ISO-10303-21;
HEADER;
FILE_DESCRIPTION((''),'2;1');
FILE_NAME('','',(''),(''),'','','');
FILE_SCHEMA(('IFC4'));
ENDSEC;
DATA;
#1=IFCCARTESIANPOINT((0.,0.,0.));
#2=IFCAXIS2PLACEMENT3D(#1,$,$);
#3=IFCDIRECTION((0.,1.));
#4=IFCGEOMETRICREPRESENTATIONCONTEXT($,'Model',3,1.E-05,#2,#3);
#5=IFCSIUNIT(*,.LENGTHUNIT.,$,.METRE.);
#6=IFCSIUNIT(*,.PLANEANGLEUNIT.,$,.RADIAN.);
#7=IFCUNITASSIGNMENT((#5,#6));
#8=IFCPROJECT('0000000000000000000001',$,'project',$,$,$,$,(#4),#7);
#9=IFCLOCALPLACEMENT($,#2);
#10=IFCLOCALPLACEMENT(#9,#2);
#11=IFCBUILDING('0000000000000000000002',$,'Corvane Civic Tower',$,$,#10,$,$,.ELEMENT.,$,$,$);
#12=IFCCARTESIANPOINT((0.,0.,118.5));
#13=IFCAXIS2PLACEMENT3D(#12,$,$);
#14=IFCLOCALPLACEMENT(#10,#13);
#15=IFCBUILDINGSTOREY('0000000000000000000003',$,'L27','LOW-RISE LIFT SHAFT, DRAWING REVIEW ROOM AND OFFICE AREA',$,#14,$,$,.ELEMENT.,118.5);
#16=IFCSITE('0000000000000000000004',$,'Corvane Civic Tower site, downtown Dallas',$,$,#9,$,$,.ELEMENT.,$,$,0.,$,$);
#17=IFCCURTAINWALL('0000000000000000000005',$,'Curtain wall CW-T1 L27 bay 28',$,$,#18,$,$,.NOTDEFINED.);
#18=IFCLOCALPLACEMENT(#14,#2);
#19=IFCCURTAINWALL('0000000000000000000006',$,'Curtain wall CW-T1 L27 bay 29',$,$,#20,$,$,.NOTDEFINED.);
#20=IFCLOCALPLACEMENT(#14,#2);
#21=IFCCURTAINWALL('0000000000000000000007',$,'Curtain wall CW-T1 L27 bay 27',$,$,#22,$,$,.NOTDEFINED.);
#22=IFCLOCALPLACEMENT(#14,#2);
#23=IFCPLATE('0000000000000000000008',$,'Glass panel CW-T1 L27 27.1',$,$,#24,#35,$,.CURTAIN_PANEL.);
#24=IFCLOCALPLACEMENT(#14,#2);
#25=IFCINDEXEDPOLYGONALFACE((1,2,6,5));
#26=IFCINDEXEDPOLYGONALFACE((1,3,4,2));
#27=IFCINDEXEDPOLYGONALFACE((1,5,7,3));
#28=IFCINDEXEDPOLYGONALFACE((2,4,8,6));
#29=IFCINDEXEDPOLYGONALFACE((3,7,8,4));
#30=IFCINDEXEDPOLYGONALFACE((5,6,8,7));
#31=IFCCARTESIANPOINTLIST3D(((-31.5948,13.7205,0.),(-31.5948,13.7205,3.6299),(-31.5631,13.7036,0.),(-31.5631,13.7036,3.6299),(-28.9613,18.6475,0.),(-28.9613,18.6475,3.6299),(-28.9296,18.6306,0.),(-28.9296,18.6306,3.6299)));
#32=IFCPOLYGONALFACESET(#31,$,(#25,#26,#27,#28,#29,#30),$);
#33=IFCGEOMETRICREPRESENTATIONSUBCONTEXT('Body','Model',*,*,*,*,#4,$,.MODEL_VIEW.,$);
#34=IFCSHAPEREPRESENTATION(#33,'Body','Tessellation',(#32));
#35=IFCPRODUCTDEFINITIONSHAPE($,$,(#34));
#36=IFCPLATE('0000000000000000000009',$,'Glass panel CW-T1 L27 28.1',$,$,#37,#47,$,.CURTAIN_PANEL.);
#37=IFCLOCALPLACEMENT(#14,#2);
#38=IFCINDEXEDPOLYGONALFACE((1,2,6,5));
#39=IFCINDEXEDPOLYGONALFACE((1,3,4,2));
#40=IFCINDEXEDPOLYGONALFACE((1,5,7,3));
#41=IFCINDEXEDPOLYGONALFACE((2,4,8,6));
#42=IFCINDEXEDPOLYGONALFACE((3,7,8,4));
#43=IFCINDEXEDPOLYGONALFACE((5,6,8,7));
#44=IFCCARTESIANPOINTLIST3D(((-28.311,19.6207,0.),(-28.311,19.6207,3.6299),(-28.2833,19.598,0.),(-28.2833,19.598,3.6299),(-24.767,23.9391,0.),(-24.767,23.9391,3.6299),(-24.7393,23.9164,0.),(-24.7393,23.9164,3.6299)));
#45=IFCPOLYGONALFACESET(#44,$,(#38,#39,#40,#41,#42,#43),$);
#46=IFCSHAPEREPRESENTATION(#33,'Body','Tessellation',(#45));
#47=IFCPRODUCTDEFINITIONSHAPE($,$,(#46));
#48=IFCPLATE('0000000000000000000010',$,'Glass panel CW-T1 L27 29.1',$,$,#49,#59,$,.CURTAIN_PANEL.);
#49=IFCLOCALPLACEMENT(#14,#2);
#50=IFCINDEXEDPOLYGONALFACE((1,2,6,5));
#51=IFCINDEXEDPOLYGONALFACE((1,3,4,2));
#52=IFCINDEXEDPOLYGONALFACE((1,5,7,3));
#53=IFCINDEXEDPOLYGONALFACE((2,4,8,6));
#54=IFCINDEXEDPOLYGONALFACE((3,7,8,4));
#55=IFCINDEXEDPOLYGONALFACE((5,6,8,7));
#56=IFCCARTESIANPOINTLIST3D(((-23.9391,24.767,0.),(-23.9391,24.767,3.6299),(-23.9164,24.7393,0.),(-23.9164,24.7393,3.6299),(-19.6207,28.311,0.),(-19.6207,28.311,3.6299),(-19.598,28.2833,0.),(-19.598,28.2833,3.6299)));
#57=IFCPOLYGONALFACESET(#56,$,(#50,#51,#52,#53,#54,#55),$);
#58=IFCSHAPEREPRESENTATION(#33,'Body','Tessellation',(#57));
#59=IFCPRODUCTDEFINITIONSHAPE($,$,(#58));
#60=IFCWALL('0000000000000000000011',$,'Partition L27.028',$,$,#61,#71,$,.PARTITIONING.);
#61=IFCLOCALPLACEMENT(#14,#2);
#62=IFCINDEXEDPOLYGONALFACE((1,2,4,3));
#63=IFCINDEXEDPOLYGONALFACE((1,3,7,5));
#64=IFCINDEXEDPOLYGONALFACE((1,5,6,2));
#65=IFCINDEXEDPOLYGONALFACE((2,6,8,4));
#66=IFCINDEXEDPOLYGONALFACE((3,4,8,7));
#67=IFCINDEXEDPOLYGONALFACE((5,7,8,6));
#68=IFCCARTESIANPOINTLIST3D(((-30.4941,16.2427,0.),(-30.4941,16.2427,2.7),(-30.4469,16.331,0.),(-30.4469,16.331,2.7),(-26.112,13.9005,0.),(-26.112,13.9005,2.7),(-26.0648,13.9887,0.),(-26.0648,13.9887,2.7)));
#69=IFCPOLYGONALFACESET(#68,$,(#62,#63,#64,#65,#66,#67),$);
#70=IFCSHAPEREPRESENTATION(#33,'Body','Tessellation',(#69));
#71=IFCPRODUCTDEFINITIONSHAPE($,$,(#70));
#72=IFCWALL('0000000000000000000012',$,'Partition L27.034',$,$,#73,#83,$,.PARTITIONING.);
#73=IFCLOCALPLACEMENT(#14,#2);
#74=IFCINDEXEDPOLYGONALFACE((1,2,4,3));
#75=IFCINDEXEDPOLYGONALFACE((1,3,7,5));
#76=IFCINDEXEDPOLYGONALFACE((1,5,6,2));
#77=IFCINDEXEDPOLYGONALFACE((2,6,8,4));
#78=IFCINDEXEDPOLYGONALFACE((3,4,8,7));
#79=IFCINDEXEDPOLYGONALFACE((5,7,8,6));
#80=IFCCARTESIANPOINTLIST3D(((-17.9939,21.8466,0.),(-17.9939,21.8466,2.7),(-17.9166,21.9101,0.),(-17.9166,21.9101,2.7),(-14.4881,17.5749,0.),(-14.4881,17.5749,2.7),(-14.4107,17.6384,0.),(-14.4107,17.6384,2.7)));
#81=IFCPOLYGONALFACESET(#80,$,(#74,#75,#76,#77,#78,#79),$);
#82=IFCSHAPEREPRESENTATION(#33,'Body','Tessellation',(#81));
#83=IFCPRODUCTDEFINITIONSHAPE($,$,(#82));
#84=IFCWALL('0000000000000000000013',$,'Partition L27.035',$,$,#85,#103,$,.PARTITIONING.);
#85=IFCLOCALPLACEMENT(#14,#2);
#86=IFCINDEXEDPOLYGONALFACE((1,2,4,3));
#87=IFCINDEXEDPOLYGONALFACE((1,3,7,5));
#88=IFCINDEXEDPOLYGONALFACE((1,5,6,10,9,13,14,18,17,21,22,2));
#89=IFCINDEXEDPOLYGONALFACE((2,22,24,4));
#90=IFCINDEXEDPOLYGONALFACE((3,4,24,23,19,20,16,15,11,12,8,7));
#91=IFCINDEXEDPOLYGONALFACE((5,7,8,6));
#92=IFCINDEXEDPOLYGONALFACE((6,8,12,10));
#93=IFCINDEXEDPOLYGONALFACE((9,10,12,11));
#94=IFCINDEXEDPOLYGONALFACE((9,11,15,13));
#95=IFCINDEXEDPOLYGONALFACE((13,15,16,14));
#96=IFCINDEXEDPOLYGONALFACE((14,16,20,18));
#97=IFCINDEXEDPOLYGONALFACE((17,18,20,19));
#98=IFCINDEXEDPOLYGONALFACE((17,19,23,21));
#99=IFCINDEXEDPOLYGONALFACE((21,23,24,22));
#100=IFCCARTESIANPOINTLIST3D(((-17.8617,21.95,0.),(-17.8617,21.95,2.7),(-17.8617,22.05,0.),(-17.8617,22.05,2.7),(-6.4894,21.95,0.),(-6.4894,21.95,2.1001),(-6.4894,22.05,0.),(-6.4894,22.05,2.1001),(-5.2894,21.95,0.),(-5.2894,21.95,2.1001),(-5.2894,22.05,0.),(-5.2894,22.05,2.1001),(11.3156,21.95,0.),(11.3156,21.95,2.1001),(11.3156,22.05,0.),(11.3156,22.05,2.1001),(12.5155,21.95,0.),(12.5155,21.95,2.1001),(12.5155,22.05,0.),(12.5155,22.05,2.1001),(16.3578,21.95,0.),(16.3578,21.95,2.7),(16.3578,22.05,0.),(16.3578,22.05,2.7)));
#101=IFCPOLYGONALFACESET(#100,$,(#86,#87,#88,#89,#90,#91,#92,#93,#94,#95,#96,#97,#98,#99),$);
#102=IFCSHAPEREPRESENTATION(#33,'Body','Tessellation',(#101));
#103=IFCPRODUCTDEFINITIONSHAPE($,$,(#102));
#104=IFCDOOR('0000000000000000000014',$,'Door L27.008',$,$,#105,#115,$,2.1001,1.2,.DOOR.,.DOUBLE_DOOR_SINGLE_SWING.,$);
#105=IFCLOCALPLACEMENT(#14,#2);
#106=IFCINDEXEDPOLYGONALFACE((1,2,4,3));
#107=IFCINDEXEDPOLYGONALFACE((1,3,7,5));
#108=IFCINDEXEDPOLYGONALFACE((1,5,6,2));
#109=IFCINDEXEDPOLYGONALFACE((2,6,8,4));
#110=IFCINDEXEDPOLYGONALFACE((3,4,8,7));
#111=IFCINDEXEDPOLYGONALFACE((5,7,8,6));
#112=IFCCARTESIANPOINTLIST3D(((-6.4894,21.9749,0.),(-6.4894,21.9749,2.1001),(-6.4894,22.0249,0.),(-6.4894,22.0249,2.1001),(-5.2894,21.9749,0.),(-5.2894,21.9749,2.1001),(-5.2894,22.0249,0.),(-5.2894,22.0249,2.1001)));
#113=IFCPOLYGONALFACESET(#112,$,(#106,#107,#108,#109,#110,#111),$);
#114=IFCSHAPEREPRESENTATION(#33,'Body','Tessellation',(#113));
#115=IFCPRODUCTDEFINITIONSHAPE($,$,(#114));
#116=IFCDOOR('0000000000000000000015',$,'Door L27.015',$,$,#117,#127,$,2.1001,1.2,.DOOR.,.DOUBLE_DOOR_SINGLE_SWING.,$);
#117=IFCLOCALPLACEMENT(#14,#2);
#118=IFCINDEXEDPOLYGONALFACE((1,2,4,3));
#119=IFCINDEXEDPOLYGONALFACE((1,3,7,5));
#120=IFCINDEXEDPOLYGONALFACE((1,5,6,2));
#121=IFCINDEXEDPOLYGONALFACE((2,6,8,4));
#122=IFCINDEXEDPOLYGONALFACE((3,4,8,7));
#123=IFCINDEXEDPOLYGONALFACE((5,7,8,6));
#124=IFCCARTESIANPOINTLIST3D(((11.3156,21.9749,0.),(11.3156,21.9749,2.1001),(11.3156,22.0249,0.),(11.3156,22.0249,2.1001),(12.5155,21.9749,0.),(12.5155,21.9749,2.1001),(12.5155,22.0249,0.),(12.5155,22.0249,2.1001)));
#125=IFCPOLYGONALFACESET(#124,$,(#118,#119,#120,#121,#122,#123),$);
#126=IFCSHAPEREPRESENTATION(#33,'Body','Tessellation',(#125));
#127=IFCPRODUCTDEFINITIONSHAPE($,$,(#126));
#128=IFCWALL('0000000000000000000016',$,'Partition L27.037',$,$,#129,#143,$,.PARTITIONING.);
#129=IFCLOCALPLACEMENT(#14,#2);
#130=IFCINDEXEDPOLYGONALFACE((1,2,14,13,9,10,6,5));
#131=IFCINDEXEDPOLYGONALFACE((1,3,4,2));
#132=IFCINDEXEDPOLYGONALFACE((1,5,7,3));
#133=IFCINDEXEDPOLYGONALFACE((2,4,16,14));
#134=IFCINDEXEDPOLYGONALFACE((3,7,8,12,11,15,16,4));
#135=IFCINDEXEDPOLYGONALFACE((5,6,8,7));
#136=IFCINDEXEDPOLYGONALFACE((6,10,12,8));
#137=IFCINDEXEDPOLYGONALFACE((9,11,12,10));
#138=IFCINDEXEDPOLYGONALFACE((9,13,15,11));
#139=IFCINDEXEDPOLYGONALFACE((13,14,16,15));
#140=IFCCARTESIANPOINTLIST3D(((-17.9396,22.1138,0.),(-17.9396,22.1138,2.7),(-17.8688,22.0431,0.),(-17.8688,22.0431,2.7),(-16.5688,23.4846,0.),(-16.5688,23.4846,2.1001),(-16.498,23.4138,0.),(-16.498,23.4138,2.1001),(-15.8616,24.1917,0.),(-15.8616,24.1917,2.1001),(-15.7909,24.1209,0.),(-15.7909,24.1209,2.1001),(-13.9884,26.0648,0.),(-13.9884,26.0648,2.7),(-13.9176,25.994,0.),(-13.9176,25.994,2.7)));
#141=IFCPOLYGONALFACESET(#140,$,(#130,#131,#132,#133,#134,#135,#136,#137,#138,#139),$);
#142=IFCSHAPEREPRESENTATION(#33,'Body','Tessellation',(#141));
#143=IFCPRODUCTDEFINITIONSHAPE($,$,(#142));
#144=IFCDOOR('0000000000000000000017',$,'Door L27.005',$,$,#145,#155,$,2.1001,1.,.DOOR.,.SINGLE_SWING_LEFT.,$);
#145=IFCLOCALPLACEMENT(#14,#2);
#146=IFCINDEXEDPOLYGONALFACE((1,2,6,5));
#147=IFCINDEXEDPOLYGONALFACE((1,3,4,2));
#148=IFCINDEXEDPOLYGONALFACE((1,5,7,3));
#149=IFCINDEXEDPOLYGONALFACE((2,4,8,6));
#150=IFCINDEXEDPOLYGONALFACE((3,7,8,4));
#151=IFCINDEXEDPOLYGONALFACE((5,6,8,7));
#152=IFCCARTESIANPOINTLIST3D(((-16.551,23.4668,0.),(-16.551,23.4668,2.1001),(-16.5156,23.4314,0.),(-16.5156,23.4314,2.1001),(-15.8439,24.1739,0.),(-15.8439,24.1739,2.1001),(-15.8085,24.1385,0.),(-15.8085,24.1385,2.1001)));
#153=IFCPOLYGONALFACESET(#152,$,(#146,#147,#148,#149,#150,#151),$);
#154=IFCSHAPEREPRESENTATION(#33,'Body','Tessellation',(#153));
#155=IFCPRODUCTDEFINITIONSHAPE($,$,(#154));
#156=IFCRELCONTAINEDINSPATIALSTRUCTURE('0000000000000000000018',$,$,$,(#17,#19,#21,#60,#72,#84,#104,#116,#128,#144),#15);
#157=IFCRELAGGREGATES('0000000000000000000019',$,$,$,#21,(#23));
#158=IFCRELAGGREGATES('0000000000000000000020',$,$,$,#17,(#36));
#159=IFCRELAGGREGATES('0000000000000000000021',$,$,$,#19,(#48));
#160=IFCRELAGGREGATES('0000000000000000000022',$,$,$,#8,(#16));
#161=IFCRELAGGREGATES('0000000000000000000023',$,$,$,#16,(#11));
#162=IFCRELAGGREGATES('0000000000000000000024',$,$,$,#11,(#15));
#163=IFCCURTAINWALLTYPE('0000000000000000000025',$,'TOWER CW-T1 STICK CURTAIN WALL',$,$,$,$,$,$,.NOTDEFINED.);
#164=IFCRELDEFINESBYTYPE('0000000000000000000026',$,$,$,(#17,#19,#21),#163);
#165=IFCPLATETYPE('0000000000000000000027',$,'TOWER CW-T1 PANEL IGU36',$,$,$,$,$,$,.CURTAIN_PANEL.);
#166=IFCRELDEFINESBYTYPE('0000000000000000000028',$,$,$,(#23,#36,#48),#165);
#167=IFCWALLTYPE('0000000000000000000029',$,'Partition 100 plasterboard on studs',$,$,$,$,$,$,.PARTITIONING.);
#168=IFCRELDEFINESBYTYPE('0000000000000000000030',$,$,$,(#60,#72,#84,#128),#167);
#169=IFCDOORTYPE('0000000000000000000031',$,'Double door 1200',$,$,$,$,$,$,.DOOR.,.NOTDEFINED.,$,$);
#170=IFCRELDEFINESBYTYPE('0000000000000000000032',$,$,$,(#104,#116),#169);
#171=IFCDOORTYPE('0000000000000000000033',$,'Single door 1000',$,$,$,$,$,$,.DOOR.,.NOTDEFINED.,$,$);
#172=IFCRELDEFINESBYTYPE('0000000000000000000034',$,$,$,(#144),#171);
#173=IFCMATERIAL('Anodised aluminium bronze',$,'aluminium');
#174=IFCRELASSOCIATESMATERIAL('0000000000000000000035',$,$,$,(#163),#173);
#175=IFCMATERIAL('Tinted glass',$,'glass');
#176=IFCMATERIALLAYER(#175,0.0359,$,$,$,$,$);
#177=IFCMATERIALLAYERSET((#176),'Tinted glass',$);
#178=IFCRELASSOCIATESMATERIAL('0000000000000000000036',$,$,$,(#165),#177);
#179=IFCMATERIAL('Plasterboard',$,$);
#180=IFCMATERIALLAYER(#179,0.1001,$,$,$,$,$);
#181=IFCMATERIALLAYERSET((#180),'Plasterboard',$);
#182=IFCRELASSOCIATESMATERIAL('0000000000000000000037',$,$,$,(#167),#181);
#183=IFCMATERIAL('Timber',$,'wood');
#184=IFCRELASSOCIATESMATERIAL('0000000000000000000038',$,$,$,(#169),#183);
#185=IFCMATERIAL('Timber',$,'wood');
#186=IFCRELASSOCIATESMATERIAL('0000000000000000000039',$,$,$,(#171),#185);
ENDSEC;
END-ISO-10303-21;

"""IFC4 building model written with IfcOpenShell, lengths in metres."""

from ifc_helpers import new_model, si_unit, direction, frame, frame_2d, origin, origin_2d, place, context, subcontext, project, spatial, rectangle, extrude, material, layer, layer_set, type_object, element, fill, aggregate, save


model = new_model("IFC4")

# Units and contexts
model_context = context("Model", 3, precision=1e-05, world=origin(), true_north=direction((0.0, 1.0)))
body_context = subcontext(model_context, "Body", "Model", "MODEL_VIEW")
ifc_project = project(units=[si_unit("LENGTHUNIT", "METRE"), si_unit("PLANEANGLEUNIT", "RADIAN")], contexts=[model_context])

# Site, building, storey
site_placement = place(None, origin())
site = spatial("IfcSite", under=ifc_project, at=site_placement, Name="Corvane Civic Tower site, downtown Dallas", CompositionType="ELEMENT", RefElevation=0.0)
building_placement = place(site_placement, origin())
building = spatial("IfcBuilding", under=site, at=building_placement, Name="Corvane Civic Tower", CompositionType="ELEMENT")
storey_placement = place(building_placement, frame((0.0, 0.0, 118.5)))
storey = spatial("IfcBuildingStorey", under=building, at=storey_placement, Name="L27", Description="LOW-RISE LIFT SHAFT, DRAWING REVIEW ROOM AND OFFICE AREA", CompositionType="ELEMENT", Elevation=118.5)

# Curtain walls
ifc_material_1 = material(Name="Anodised aluminium bronze", Category="aluminium")
curtain_wall_type = type_object("IfcCurtainWallType", Name="TOWER CW-T1 STICK CURTAIN WALL", PredefinedType="NOTDEFINED", material=ifc_material_1)
curtain_wall_1_placement = place(storey_placement, origin())
curtain_wall_1 = element("IfcCurtainWall", 1, at=curtain_wall_1_placement, inside=storey, type_object=curtain_wall_type, Name="Curtain wall CW-T1 L27 bay 28", PredefinedType="NOTDEFINED")
curtain_wall_2_placement = place(storey_placement, origin())
curtain_wall_2 = element("IfcCurtainWall", 2, at=curtain_wall_2_placement, inside=storey, type_object=curtain_wall_type, Name="Curtain wall CW-T1 L27 bay 29", PredefinedType="NOTDEFINED")

# Curtain wall, plate
curtain_wall_3_placement = place(storey_placement, origin())
curtain_wall_3 = element("IfcCurtainWall", 3, at=curtain_wall_3_placement, inside=storey, type_object=curtain_wall_type, Name="Curtain wall CW-T1 L27 bay 27", PredefinedType="NOTDEFINED")
ifc_material_2 = material(Name="Tinted glass", Category="glass")
ifc_layer_1 = layer(ifc_material_2, 0.0359)
ifc_layer_set_1 = layer_set([ifc_layer_1], Name="Tinted glass")
plate_type = type_object("IfcPlateType", Name="TOWER CW-T1 PANEL IGU36", PredefinedType="CURTAIN_PANEL", material=ifc_layer_set_1)
plate_1_placement = place(storey_placement, frame((-30.2622, 16.1755, 0.0), z_axis=(0.0, 0.0, 1.0), x_axis=(0.471392, 0.881924, 0.0)))
plate_1 = element("IfcPlate", 4, at=plate_1_placement, type_object=plate_type, Name="Glass panel CW-T1 L27 27.1", PredefinedType="CURTAIN_PANEL", context=body_context, shape_type="SweptSolid", body=[
    extrude(rectangle(XDim=5.5867, YDim=0.0359, at=origin_2d()), origin(), (0.0, 0.0, 1.0), 3.6299),
])
aggregate(curtain_wall_3, [plate_1])

# Plates
plate_2_placement = place(storey_placement, frame((-26.5251, 21.7686, 0.0), z_axis=(0.0, 0.0, 1.0), x_axis=(0.63439, 0.773013, 0.0)))
plate_2 = element("IfcPlate", 5, at=plate_2_placement, type_object=plate_type, Name="Glass panel CW-T1 L27 28.1", PredefinedType="CURTAIN_PANEL", context=body_context, shape_type="SweptSolid", body=[
    extrude(rectangle(XDim=5.5864, YDim=0.0359, at=origin_2d()), origin(), (0.0, 0.0, 1.0), 3.6299),
])
aggregate(curtain_wall_1, [plate_2])
plate_3_placement = place(storey_placement, frame((-21.7686, 26.5251, 0.0), z_axis=(0.0, 0.0, 1.0), x_axis=(0.773013, 0.63439, 0.0)))
plate_3 = element("IfcPlate", 6, at=plate_3_placement, type_object=plate_type, Name="Glass panel CW-T1 L27 29.1", PredefinedType="CURTAIN_PANEL", context=body_context, shape_type="SweptSolid", body=[
    extrude(rectangle(XDim=5.5864, YDim=0.0359, at=origin_2d()), origin(), (0.0, 0.0, 1.0), 3.6299),
])
aggregate(curtain_wall_2, [plate_3])

# Walls
ifc_material_3 = material(Name="Plasterboard")
ifc_layer_2 = layer(ifc_material_3, 0.1001)
ifc_layer_set_2 = layer_set([ifc_layer_2], Name="Plasterboard")
wall_type_1 = type_object("IfcWallType", Name="Partition 100 plasterboard on studs", PredefinedType="PARTITIONING", material=ifc_layer_set_2)
wall_1_placement = place(storey_placement, frame((-30.4705, 16.2869, 0.0), z_axis=(0.0, 0.0, 1.0), x_axis=(0.88192, -0.471399, 0.0)))
element("IfcWall", 7, at=wall_1_placement, inside=storey, type_object=wall_type_1, Name="Partition L27.028", PredefinedType="PARTITIONING", context=body_context, shape_type="SweptSolid", body=[
    extrude(rectangle(XDim=4.9688, YDim=0.1001, at=frame_2d((2.4844, 0.0))), origin(), (0.0, 0.0, 1.0), 2.7),
])
wall_2_placement = place(storey_placement, frame((-17.9553, 21.8784, 0.0), z_axis=(0.0, 0.0, 1.0), x_axis=(0.634409, -0.772998, 0.0)))
element("IfcWall", 8, at=wall_2_placement, inside=storey, type_object=wall_type_1, Name="Partition L27.034", PredefinedType="PARTITIONING", context=body_context, shape_type="SweptSolid", body=[
    extrude(rectangle(XDim=5.5261, YDim=0.1001, at=frame_2d((2.7632, 0.0))), origin(), (0.0, 0.0, 1.0), 2.7),
])

# Wall, openings, doors
wall_3_placement = place(storey_placement, frame((-17.8618, 22.0, 0.0), z_axis=(0.0, 0.0, 1.0), x_axis=(1.0, 0.0, 0.0)))
wall_3 = element("IfcWall", 9, at=wall_3_placement, inside=storey, type_object=wall_type_1, Name="Partition L27.035", PredefinedType="PARTITIONING", context=body_context, shape_type="SweptSolid", body=[
    extrude(rectangle(XDim=34.2195, YDim=0.1001, at=frame_2d((17.1099, 0.0))), origin(), (0.0, 0.0, 1.0), 2.7),
])
opening_1_placement = place(wall_3_placement, frame((11.3723, 0.0, 0.0)))
opening_1 = element("IfcOpeningElement", 10, at=opening_1_placement, cuts=wall_3, PredefinedType="OPENING", context=body_context, shape_type="SweptSolid", body=[
    extrude(rectangle(XDim=1.2, YDim=2.1001, at=frame_2d((0.6001, 1.05))), frame((0.0, 0.0601, 0.0), z_axis=(0.0, -1.0, 0.0), x_axis=(1.0, 0.0, 0.0)), (0.0, 0.0, 1.0), 0.1201),
])
opening_2_placement = place(wall_3_placement, frame((29.1772, 0.0, 0.0)))
opening_2 = element("IfcOpeningElement", 11, at=opening_2_placement, cuts=wall_3, PredefinedType="OPENING", context=body_context, shape_type="SweptSolid", body=[
    extrude(rectangle(XDim=1.2, YDim=2.1001, at=frame_2d((0.6001, 1.05))), frame((0.0, 0.0601, 0.0), z_axis=(0.0, -1.0, 0.0), x_axis=(1.0, 0.0, 0.0)), (0.0, 0.0, 1.0), 0.1201),
])
ifc_material_4 = material(Name="Timber", Category="wood")
door_type_1 = type_object("IfcDoorType", Name="Double door 1200", OperationType="NOTDEFINED", PredefinedType="DOOR", material=ifc_material_4)
door_1_placement = place(opening_1_placement, origin())
door_1 = element("IfcDoor", 12, at=door_1_placement, inside=storey, type_object=door_type_1, Name="Door L27.008", OperationType="DOUBLE_DOOR_SINGLE_SWING", OverallHeight=2.1001, OverallWidth=1.2, PredefinedType="DOOR", context=body_context, shape_type="SweptSolid", body=[
    extrude(rectangle(XDim=1.2, YDim=2.1001, at=frame_2d((0.6001, 1.05))), frame((0.0, 0.0249, 0.0), z_axis=(0.0, -1.0, 0.0), x_axis=(1.0, 0.0, 0.0)), (0.0, 0.0, 1.0), 0.05),
])
fill(opening_1, door_1)
door_2_placement = place(opening_2_placement, origin())
door_2 = element("IfcDoor", 13, at=door_2_placement, inside=storey, type_object=door_type_1, Name="Door L27.015", OperationType="DOUBLE_DOOR_SINGLE_SWING", OverallHeight=2.1001, OverallWidth=1.2, PredefinedType="DOOR", context=body_context, shape_type="SweptSolid", body=[
    extrude(rectangle(XDim=1.2, YDim=2.1001, at=frame_2d((0.6001, 1.05))), frame((0.0, 0.0249, 0.0), z_axis=(0.0, -1.0, 0.0), x_axis=(1.0, 0.0, 0.0)), (0.0, 0.0, 1.0), 0.05),
])
fill(opening_2, door_2)

# Wall, opening, door
wall_4_placement = place(storey_placement, frame((-17.9043, 22.0784, 0.0), z_axis=(0.0, 0.0, 1.0), x_axis=(0.707129, 0.707085, 0.0)))
wall_4 = element("IfcWall", 14, at=wall_4_placement, inside=storey, type_object=wall_type_1, Name="Partition L27.037", PredefinedType="PARTITIONING", context=body_context, shape_type="SweptSolid", body=[
    extrude(rectangle(XDim=5.5876, YDim=0.1001, at=frame_2d((2.7939, 0.0))), origin(), (0.0, 0.0, 1.0), 2.7),
])
opening_3_placement = place(wall_4_placement, frame((1.9387, 0.0, 0.0)))
opening_3 = element("IfcOpeningElement", 15, at=opening_3_placement, cuts=wall_4, PredefinedType="OPENING", context=body_context, shape_type="SweptSolid", body=[
    extrude(rectangle(XDim=1.0, YDim=2.1001, at=frame_2d((0.5, 1.05))), frame((0.0, 0.0601, 0.0), z_axis=(0.0, -1.0, 0.0), x_axis=(1.0, 0.0, 0.0)), (0.0, 0.0, 1.0), 0.1201),
])
ifc_material_5 = material(Name="Timber", Category="wood")
door_type_2 = type_object("IfcDoorType", Name="Single door 1000", OperationType="NOTDEFINED", PredefinedType="DOOR", material=ifc_material_5)
door_3_placement = place(opening_3_placement, origin())
door_3 = element("IfcDoor", 16, at=door_3_placement, inside=storey, type_object=door_type_2, Name="Door L27.005", OperationType="SINGLE_SWING_LEFT", OverallHeight=2.1001, OverallWidth=1.0, PredefinedType="DOOR", context=body_context, shape_type="SweptSolid", body=[
    extrude(rectangle(XDim=1.0, YDim=2.1001, at=frame_2d((0.5, 1.05))), frame((0.0, 0.0249, 0.0), z_axis=(0.0, -1.0, 0.0), x_axis=(1.0, 0.0, 0.0)), (0.0, 0.0, 1.0), 0.05),
])
fill(opening_3, door_3)

save(model, "model.ifc")
